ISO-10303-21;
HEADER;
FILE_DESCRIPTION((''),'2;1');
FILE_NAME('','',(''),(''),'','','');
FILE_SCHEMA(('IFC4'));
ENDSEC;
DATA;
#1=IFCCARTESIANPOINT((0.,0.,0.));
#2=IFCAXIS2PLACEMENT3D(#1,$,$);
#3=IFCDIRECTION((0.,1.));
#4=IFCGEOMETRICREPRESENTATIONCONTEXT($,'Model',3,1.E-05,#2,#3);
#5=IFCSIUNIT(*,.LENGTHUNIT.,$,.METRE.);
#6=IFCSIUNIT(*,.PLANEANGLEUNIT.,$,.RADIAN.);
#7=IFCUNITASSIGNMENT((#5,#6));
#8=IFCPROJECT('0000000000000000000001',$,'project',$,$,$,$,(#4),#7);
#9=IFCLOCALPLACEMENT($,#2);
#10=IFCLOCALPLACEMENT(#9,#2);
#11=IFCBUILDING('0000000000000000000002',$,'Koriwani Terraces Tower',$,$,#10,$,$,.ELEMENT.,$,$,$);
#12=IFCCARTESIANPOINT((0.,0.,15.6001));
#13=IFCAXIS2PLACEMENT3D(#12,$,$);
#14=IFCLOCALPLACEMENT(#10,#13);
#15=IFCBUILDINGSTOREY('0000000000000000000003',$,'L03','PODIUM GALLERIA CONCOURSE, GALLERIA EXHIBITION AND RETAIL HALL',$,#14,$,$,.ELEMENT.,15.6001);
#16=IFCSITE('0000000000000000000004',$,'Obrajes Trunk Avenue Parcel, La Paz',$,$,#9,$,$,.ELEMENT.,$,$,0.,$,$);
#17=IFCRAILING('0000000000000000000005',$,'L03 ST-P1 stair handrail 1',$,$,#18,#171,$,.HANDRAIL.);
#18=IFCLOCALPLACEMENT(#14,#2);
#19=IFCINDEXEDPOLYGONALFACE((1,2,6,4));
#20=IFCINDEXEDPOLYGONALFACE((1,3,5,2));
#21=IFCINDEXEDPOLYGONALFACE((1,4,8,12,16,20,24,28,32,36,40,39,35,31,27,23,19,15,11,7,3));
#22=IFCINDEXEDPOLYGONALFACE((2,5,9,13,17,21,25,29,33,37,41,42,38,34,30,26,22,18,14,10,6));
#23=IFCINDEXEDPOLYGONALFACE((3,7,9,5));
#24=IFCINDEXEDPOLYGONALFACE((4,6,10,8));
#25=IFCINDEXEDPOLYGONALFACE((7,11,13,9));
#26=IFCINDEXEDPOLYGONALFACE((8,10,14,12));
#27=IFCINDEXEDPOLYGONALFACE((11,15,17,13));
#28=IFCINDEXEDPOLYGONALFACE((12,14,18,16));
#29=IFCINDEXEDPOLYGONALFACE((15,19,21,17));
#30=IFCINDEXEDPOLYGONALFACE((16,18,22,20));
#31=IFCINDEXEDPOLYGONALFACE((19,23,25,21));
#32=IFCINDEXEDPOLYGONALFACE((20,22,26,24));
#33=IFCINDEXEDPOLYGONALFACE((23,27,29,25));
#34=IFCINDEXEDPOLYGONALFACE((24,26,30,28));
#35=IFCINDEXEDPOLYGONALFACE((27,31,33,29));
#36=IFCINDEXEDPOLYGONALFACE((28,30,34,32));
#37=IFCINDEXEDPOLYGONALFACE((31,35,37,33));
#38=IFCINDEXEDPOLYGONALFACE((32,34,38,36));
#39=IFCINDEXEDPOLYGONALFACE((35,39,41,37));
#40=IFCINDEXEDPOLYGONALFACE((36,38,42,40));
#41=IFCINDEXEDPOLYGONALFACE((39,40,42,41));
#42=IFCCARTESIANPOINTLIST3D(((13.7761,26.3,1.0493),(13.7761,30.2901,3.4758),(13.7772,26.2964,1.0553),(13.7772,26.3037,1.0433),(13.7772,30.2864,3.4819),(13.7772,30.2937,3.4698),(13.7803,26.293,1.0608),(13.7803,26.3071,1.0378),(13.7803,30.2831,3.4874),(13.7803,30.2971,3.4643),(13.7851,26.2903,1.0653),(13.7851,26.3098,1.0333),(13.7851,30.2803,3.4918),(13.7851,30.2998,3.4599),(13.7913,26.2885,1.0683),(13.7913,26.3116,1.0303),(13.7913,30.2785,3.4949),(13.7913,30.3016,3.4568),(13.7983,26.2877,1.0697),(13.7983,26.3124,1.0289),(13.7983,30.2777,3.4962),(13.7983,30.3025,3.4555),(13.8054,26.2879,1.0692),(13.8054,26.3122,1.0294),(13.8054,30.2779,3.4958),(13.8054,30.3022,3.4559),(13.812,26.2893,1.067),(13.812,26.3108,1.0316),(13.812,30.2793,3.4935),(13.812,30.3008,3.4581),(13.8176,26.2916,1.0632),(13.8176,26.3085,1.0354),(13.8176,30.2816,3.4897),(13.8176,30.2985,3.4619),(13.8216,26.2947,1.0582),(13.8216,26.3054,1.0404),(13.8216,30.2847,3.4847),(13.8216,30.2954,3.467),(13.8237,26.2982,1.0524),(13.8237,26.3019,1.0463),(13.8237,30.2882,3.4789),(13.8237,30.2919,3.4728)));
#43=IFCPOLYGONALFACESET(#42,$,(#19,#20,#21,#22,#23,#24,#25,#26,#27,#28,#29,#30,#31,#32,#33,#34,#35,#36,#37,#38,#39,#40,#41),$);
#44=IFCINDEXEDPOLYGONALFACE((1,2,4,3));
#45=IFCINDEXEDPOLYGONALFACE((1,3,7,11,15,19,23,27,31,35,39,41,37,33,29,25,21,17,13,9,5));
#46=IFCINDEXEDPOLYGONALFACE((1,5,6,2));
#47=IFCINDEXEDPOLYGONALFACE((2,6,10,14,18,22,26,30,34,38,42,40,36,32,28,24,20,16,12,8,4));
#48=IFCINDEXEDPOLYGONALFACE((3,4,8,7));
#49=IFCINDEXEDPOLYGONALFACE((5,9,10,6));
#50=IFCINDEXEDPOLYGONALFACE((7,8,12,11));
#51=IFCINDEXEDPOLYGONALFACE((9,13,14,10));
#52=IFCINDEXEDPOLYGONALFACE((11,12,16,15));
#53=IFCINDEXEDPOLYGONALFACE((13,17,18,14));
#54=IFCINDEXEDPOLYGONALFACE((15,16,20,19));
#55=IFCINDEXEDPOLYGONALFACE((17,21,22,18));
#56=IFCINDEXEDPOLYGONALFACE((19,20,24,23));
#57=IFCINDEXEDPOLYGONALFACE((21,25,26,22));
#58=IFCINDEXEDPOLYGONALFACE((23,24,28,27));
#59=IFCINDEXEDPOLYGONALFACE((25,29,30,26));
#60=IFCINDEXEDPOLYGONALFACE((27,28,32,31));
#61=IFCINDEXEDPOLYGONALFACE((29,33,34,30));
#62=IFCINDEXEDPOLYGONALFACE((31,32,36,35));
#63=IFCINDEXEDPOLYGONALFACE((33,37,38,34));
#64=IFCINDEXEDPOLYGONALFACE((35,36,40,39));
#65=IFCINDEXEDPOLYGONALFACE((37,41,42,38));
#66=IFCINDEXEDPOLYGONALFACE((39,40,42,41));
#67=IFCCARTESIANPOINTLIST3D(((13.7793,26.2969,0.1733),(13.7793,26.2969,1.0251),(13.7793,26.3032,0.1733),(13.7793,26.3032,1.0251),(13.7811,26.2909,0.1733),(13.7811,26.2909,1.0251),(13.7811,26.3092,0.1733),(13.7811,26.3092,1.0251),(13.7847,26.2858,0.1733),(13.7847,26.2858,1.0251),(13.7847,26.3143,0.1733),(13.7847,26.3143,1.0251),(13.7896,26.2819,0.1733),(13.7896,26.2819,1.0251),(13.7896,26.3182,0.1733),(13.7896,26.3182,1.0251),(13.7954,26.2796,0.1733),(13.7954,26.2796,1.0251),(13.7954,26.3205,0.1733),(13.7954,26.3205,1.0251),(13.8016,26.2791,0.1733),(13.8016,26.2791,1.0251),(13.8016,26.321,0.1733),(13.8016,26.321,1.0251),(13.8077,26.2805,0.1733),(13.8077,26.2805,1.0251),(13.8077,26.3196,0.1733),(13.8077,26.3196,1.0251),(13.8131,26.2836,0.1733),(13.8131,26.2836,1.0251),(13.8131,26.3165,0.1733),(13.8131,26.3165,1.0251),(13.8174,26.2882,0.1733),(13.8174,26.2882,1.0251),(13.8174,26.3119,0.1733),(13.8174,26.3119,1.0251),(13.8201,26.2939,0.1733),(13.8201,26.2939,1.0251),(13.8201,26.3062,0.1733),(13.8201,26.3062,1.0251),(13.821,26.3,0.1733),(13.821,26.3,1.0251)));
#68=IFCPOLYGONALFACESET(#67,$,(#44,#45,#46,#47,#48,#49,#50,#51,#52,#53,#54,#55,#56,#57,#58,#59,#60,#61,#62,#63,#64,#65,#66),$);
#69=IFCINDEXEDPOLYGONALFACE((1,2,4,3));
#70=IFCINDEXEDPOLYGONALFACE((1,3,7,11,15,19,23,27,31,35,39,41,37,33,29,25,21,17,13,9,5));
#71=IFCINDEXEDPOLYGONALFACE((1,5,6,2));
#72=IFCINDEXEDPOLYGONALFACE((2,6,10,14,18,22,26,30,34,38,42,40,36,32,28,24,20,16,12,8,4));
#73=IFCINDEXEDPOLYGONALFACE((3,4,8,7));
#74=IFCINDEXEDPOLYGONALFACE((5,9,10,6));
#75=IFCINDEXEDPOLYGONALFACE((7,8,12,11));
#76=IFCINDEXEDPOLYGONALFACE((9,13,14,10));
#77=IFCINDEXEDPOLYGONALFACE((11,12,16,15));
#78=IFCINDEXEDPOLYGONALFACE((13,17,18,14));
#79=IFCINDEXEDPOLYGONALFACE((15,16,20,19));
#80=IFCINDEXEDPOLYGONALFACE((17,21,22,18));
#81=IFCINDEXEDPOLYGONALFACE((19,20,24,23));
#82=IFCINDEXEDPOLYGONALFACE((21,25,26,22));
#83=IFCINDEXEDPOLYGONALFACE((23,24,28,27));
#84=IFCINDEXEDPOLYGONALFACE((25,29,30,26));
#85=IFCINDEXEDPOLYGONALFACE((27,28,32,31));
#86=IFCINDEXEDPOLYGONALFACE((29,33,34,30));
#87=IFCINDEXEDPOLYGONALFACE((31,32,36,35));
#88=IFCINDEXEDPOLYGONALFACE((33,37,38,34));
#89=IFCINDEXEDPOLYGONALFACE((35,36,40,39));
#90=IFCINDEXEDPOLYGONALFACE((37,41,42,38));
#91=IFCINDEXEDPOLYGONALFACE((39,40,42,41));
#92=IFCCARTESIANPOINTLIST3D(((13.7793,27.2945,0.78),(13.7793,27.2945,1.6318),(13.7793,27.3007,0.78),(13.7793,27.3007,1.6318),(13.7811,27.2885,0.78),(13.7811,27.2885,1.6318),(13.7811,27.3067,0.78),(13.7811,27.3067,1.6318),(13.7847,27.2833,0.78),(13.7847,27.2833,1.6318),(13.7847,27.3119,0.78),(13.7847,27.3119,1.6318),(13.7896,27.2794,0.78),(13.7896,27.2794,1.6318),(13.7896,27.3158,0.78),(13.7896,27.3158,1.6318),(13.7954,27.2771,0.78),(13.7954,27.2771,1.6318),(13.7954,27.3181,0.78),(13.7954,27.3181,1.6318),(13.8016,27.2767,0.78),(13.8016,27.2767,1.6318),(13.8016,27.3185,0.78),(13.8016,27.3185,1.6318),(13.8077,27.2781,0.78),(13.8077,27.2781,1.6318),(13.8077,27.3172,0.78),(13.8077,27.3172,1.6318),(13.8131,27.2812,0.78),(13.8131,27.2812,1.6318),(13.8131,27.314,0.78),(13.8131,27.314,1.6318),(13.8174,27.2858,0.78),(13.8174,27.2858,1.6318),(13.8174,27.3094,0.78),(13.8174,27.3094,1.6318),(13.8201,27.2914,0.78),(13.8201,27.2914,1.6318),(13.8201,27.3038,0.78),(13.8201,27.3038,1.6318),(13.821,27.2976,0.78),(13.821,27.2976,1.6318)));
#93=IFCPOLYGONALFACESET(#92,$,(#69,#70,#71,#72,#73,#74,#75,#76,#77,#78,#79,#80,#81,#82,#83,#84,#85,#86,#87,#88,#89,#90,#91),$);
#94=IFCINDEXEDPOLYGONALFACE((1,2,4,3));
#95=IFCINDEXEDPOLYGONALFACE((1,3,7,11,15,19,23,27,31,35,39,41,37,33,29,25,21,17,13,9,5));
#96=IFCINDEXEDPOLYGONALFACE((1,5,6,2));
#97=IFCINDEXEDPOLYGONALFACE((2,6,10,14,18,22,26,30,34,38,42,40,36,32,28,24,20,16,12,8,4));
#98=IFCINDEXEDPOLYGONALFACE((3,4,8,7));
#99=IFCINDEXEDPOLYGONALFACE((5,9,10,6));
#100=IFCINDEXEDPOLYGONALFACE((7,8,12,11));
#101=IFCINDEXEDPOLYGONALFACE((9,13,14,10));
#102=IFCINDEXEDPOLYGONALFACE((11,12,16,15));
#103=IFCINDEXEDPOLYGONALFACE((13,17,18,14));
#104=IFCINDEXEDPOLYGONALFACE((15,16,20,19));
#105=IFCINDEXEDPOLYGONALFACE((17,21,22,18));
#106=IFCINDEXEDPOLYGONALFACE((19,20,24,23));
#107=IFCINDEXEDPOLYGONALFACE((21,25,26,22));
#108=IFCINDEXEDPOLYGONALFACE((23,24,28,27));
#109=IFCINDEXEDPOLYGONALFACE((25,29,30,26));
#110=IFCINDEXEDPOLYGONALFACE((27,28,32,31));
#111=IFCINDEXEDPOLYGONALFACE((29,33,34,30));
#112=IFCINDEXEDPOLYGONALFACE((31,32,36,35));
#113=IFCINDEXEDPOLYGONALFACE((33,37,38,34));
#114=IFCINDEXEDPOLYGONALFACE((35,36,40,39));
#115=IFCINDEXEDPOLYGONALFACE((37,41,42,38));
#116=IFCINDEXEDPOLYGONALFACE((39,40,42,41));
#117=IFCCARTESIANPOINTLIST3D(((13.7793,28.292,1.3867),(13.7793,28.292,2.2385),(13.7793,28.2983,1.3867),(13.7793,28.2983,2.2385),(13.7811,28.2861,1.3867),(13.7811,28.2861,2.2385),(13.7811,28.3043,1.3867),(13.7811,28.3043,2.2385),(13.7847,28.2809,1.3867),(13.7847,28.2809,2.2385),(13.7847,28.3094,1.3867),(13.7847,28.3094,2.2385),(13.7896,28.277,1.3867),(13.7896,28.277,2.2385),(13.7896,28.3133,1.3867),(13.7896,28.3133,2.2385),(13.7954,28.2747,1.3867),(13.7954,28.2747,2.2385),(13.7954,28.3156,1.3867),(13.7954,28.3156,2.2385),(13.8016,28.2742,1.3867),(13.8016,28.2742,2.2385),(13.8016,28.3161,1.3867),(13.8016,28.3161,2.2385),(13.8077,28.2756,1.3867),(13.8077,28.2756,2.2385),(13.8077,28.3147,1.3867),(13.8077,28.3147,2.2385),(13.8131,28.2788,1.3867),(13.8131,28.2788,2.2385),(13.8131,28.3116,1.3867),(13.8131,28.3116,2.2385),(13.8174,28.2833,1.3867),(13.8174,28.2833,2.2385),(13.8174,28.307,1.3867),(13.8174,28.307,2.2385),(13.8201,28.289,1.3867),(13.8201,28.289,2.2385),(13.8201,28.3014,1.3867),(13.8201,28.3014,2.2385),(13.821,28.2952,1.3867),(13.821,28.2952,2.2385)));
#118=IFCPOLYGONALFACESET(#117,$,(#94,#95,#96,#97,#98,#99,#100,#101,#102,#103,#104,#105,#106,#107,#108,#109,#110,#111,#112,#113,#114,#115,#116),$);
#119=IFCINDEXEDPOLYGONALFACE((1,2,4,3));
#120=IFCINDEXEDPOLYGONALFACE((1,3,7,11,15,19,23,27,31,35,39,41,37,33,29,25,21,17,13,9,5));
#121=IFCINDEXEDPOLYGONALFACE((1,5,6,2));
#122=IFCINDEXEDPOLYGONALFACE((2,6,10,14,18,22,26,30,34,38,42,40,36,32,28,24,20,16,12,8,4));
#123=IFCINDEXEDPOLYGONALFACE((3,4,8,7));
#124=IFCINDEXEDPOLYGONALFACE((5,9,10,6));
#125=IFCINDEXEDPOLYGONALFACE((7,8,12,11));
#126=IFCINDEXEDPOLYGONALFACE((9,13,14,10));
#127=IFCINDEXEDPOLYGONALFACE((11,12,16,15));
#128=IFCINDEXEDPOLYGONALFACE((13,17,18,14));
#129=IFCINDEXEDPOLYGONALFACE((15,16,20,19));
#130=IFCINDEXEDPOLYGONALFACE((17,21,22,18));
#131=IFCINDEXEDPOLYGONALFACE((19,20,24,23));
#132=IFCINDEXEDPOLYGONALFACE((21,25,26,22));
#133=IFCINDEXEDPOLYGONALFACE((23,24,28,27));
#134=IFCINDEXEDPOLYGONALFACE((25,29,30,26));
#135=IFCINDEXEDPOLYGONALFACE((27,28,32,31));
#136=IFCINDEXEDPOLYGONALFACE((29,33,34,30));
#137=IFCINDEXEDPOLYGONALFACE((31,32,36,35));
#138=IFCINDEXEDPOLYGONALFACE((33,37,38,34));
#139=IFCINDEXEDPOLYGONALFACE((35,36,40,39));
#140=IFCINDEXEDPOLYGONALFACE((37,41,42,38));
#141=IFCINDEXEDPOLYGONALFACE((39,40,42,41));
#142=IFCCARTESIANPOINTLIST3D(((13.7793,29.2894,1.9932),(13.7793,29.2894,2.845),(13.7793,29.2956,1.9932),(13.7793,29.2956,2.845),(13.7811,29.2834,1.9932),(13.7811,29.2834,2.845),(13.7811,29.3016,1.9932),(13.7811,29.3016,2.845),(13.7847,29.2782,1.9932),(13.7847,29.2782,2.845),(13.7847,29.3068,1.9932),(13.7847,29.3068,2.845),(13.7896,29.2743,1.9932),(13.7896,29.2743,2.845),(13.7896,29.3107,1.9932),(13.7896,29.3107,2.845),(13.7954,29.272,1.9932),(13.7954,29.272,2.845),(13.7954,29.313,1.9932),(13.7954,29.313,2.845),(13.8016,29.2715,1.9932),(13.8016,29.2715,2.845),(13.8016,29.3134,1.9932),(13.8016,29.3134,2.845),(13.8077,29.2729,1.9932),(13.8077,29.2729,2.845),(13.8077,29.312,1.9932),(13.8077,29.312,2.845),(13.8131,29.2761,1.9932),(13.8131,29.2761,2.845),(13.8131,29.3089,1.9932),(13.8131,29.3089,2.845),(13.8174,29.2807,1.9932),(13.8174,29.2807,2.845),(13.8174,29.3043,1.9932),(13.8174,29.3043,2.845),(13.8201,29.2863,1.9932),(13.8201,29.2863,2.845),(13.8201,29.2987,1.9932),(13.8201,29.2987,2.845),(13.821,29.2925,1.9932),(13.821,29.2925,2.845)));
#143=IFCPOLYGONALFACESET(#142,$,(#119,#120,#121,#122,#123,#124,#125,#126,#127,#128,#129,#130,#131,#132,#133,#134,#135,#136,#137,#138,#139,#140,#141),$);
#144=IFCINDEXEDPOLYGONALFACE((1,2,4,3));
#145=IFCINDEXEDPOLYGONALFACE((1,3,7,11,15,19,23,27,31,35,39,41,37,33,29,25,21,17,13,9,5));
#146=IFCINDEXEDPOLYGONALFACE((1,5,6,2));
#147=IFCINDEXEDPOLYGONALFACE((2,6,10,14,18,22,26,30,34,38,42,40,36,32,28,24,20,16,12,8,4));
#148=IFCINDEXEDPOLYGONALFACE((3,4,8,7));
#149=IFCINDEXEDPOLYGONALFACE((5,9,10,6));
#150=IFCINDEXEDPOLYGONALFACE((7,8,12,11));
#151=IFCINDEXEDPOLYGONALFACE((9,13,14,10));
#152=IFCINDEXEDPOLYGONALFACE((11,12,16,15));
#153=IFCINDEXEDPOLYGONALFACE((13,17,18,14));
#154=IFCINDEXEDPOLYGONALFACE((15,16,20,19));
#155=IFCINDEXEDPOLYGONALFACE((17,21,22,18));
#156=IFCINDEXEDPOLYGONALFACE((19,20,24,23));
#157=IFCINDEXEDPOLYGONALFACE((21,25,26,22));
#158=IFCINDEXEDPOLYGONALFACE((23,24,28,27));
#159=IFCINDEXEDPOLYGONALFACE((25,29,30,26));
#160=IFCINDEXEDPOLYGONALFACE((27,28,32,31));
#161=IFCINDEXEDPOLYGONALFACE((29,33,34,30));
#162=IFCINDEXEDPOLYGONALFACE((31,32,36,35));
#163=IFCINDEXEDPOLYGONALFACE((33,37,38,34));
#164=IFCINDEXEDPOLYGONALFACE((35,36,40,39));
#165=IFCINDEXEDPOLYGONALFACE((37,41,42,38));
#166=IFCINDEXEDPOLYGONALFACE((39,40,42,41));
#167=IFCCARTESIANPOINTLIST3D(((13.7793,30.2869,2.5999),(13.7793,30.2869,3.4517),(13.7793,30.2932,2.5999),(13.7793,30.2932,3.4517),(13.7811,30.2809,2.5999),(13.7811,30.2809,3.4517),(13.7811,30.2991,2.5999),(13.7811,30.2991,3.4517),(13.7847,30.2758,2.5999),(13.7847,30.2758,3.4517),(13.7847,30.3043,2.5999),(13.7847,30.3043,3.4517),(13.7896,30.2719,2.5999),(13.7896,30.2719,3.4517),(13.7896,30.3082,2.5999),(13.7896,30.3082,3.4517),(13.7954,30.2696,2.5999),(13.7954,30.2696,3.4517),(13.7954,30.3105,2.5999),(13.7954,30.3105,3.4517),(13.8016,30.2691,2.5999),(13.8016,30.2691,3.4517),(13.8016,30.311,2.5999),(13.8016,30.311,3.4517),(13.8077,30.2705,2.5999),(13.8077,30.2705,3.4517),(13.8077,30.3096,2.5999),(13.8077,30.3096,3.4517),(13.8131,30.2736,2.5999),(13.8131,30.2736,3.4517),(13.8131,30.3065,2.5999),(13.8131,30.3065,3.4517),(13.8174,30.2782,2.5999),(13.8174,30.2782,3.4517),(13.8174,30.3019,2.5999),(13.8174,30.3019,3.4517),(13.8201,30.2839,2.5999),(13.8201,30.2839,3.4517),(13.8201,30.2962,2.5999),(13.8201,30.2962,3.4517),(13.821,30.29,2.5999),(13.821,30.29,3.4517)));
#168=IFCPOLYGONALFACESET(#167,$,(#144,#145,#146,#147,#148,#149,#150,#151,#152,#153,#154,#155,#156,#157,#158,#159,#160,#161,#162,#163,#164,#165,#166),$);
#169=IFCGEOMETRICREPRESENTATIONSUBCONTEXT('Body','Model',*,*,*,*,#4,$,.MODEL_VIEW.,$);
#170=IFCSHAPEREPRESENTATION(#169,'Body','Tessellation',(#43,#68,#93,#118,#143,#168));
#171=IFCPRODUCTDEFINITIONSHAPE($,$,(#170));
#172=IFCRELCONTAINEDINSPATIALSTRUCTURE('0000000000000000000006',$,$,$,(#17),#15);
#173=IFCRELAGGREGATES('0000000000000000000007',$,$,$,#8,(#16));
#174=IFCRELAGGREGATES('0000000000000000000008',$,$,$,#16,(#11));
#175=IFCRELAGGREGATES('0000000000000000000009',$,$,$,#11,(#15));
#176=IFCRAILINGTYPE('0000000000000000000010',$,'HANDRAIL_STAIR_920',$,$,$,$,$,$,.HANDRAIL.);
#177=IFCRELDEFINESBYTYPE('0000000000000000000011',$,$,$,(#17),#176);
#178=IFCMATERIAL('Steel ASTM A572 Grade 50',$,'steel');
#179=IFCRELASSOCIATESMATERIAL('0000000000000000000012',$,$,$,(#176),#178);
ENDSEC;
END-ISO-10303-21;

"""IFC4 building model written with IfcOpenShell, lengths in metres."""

from ifc_helpers import new_model, si_unit, direction, frame, origin, origin_2d, place, context, subcontext, project, spatial, circle, extrude, material, type_object, element, save


model = new_model("IFC4")

# Units and contexts
model_context = context("Model", 3, precision=1e-05, world=origin(), true_north=direction((0.0, 1.0)))
body_context = subcontext(model_context, "Body", "Model", "MODEL_VIEW")
ifc_project = project(units=[si_unit("LENGTHUNIT", "METRE"), si_unit("PLANEANGLEUNIT", "RADIAN")], contexts=[model_context])

# Site, building, storey
site_placement = place(None, origin())
site = spatial("IfcSite", under=ifc_project, at=site_placement, Name="Obrajes Trunk Avenue Parcel, La Paz", CompositionType="ELEMENT", RefElevation=0.0)
building_placement = place(site_placement, origin())
building = spatial("IfcBuilding", under=site, at=building_placement, Name="Koriwani Terraces Tower", CompositionType="ELEMENT")
storey_placement = place(building_placement, frame((0.0, 0.0, 15.6001)))
storey = spatial("IfcBuildingStorey", under=building, at=storey_placement, Name="L03", Description="PODIUM GALLERIA CONCOURSE, GALLERIA EXHIBITION AND RETAIL HALL", CompositionType="ELEMENT", Elevation=15.6001)

# Shared definitions
ifc_material_1 = material(Name="Steel ASTM A572 Grade 50", Category="steel")

# Railing
railing_type = type_object("IfcRailingType", Name="HANDRAIL_STAIR_920", PredefinedType="HANDRAIL", material=ifc_material_1)
railing_placement = place(storey_placement, frame((13.8, 26.3, 0.1733)))
element("IfcRailing", 1, at=railing_placement, inside=storey, type_object=railing_type, Name="L03 ST-P1 stair handrail 1", PredefinedType="HANDRAIL", context=body_context, shape_type="SweptSolid", body=[
    extrude(circle(Radius=0.0239, at=origin_2d()), frame((0.0, 0.0, 0.876), z_axis=(0.0, 0.854405, 0.519607), x_axis=(-1.0, 0.0, 0.0)), (0.0, 0.0, 1.0), 4.6699),
    extrude(circle(Radius=0.021, at=origin_2d()), origin(), (0.0, 0.0, 1.0), 0.8518),
    extrude(circle(Radius=0.021, at=origin_2d()), frame((0.0, 0.9976, 0.6067)), (0.0, 0.0, 1.0), 0.8518),
    extrude(circle(Radius=0.021, at=origin_2d()), frame((0.0, 1.9951, 1.2134)), (0.0, 0.0, 1.0), 0.8518),
    extrude(circle(Radius=0.021, at=origin_2d()), frame((0.0, 2.9924, 1.8198)), (0.0, 0.0, 1.0), 0.8518),
    extrude(circle(Radius=0.021, at=origin_2d()), frame((0.0, 3.99, 2.4265)), (0.0, 0.0, 1.0), 0.8518),
])

save(model, "model.ifc")
